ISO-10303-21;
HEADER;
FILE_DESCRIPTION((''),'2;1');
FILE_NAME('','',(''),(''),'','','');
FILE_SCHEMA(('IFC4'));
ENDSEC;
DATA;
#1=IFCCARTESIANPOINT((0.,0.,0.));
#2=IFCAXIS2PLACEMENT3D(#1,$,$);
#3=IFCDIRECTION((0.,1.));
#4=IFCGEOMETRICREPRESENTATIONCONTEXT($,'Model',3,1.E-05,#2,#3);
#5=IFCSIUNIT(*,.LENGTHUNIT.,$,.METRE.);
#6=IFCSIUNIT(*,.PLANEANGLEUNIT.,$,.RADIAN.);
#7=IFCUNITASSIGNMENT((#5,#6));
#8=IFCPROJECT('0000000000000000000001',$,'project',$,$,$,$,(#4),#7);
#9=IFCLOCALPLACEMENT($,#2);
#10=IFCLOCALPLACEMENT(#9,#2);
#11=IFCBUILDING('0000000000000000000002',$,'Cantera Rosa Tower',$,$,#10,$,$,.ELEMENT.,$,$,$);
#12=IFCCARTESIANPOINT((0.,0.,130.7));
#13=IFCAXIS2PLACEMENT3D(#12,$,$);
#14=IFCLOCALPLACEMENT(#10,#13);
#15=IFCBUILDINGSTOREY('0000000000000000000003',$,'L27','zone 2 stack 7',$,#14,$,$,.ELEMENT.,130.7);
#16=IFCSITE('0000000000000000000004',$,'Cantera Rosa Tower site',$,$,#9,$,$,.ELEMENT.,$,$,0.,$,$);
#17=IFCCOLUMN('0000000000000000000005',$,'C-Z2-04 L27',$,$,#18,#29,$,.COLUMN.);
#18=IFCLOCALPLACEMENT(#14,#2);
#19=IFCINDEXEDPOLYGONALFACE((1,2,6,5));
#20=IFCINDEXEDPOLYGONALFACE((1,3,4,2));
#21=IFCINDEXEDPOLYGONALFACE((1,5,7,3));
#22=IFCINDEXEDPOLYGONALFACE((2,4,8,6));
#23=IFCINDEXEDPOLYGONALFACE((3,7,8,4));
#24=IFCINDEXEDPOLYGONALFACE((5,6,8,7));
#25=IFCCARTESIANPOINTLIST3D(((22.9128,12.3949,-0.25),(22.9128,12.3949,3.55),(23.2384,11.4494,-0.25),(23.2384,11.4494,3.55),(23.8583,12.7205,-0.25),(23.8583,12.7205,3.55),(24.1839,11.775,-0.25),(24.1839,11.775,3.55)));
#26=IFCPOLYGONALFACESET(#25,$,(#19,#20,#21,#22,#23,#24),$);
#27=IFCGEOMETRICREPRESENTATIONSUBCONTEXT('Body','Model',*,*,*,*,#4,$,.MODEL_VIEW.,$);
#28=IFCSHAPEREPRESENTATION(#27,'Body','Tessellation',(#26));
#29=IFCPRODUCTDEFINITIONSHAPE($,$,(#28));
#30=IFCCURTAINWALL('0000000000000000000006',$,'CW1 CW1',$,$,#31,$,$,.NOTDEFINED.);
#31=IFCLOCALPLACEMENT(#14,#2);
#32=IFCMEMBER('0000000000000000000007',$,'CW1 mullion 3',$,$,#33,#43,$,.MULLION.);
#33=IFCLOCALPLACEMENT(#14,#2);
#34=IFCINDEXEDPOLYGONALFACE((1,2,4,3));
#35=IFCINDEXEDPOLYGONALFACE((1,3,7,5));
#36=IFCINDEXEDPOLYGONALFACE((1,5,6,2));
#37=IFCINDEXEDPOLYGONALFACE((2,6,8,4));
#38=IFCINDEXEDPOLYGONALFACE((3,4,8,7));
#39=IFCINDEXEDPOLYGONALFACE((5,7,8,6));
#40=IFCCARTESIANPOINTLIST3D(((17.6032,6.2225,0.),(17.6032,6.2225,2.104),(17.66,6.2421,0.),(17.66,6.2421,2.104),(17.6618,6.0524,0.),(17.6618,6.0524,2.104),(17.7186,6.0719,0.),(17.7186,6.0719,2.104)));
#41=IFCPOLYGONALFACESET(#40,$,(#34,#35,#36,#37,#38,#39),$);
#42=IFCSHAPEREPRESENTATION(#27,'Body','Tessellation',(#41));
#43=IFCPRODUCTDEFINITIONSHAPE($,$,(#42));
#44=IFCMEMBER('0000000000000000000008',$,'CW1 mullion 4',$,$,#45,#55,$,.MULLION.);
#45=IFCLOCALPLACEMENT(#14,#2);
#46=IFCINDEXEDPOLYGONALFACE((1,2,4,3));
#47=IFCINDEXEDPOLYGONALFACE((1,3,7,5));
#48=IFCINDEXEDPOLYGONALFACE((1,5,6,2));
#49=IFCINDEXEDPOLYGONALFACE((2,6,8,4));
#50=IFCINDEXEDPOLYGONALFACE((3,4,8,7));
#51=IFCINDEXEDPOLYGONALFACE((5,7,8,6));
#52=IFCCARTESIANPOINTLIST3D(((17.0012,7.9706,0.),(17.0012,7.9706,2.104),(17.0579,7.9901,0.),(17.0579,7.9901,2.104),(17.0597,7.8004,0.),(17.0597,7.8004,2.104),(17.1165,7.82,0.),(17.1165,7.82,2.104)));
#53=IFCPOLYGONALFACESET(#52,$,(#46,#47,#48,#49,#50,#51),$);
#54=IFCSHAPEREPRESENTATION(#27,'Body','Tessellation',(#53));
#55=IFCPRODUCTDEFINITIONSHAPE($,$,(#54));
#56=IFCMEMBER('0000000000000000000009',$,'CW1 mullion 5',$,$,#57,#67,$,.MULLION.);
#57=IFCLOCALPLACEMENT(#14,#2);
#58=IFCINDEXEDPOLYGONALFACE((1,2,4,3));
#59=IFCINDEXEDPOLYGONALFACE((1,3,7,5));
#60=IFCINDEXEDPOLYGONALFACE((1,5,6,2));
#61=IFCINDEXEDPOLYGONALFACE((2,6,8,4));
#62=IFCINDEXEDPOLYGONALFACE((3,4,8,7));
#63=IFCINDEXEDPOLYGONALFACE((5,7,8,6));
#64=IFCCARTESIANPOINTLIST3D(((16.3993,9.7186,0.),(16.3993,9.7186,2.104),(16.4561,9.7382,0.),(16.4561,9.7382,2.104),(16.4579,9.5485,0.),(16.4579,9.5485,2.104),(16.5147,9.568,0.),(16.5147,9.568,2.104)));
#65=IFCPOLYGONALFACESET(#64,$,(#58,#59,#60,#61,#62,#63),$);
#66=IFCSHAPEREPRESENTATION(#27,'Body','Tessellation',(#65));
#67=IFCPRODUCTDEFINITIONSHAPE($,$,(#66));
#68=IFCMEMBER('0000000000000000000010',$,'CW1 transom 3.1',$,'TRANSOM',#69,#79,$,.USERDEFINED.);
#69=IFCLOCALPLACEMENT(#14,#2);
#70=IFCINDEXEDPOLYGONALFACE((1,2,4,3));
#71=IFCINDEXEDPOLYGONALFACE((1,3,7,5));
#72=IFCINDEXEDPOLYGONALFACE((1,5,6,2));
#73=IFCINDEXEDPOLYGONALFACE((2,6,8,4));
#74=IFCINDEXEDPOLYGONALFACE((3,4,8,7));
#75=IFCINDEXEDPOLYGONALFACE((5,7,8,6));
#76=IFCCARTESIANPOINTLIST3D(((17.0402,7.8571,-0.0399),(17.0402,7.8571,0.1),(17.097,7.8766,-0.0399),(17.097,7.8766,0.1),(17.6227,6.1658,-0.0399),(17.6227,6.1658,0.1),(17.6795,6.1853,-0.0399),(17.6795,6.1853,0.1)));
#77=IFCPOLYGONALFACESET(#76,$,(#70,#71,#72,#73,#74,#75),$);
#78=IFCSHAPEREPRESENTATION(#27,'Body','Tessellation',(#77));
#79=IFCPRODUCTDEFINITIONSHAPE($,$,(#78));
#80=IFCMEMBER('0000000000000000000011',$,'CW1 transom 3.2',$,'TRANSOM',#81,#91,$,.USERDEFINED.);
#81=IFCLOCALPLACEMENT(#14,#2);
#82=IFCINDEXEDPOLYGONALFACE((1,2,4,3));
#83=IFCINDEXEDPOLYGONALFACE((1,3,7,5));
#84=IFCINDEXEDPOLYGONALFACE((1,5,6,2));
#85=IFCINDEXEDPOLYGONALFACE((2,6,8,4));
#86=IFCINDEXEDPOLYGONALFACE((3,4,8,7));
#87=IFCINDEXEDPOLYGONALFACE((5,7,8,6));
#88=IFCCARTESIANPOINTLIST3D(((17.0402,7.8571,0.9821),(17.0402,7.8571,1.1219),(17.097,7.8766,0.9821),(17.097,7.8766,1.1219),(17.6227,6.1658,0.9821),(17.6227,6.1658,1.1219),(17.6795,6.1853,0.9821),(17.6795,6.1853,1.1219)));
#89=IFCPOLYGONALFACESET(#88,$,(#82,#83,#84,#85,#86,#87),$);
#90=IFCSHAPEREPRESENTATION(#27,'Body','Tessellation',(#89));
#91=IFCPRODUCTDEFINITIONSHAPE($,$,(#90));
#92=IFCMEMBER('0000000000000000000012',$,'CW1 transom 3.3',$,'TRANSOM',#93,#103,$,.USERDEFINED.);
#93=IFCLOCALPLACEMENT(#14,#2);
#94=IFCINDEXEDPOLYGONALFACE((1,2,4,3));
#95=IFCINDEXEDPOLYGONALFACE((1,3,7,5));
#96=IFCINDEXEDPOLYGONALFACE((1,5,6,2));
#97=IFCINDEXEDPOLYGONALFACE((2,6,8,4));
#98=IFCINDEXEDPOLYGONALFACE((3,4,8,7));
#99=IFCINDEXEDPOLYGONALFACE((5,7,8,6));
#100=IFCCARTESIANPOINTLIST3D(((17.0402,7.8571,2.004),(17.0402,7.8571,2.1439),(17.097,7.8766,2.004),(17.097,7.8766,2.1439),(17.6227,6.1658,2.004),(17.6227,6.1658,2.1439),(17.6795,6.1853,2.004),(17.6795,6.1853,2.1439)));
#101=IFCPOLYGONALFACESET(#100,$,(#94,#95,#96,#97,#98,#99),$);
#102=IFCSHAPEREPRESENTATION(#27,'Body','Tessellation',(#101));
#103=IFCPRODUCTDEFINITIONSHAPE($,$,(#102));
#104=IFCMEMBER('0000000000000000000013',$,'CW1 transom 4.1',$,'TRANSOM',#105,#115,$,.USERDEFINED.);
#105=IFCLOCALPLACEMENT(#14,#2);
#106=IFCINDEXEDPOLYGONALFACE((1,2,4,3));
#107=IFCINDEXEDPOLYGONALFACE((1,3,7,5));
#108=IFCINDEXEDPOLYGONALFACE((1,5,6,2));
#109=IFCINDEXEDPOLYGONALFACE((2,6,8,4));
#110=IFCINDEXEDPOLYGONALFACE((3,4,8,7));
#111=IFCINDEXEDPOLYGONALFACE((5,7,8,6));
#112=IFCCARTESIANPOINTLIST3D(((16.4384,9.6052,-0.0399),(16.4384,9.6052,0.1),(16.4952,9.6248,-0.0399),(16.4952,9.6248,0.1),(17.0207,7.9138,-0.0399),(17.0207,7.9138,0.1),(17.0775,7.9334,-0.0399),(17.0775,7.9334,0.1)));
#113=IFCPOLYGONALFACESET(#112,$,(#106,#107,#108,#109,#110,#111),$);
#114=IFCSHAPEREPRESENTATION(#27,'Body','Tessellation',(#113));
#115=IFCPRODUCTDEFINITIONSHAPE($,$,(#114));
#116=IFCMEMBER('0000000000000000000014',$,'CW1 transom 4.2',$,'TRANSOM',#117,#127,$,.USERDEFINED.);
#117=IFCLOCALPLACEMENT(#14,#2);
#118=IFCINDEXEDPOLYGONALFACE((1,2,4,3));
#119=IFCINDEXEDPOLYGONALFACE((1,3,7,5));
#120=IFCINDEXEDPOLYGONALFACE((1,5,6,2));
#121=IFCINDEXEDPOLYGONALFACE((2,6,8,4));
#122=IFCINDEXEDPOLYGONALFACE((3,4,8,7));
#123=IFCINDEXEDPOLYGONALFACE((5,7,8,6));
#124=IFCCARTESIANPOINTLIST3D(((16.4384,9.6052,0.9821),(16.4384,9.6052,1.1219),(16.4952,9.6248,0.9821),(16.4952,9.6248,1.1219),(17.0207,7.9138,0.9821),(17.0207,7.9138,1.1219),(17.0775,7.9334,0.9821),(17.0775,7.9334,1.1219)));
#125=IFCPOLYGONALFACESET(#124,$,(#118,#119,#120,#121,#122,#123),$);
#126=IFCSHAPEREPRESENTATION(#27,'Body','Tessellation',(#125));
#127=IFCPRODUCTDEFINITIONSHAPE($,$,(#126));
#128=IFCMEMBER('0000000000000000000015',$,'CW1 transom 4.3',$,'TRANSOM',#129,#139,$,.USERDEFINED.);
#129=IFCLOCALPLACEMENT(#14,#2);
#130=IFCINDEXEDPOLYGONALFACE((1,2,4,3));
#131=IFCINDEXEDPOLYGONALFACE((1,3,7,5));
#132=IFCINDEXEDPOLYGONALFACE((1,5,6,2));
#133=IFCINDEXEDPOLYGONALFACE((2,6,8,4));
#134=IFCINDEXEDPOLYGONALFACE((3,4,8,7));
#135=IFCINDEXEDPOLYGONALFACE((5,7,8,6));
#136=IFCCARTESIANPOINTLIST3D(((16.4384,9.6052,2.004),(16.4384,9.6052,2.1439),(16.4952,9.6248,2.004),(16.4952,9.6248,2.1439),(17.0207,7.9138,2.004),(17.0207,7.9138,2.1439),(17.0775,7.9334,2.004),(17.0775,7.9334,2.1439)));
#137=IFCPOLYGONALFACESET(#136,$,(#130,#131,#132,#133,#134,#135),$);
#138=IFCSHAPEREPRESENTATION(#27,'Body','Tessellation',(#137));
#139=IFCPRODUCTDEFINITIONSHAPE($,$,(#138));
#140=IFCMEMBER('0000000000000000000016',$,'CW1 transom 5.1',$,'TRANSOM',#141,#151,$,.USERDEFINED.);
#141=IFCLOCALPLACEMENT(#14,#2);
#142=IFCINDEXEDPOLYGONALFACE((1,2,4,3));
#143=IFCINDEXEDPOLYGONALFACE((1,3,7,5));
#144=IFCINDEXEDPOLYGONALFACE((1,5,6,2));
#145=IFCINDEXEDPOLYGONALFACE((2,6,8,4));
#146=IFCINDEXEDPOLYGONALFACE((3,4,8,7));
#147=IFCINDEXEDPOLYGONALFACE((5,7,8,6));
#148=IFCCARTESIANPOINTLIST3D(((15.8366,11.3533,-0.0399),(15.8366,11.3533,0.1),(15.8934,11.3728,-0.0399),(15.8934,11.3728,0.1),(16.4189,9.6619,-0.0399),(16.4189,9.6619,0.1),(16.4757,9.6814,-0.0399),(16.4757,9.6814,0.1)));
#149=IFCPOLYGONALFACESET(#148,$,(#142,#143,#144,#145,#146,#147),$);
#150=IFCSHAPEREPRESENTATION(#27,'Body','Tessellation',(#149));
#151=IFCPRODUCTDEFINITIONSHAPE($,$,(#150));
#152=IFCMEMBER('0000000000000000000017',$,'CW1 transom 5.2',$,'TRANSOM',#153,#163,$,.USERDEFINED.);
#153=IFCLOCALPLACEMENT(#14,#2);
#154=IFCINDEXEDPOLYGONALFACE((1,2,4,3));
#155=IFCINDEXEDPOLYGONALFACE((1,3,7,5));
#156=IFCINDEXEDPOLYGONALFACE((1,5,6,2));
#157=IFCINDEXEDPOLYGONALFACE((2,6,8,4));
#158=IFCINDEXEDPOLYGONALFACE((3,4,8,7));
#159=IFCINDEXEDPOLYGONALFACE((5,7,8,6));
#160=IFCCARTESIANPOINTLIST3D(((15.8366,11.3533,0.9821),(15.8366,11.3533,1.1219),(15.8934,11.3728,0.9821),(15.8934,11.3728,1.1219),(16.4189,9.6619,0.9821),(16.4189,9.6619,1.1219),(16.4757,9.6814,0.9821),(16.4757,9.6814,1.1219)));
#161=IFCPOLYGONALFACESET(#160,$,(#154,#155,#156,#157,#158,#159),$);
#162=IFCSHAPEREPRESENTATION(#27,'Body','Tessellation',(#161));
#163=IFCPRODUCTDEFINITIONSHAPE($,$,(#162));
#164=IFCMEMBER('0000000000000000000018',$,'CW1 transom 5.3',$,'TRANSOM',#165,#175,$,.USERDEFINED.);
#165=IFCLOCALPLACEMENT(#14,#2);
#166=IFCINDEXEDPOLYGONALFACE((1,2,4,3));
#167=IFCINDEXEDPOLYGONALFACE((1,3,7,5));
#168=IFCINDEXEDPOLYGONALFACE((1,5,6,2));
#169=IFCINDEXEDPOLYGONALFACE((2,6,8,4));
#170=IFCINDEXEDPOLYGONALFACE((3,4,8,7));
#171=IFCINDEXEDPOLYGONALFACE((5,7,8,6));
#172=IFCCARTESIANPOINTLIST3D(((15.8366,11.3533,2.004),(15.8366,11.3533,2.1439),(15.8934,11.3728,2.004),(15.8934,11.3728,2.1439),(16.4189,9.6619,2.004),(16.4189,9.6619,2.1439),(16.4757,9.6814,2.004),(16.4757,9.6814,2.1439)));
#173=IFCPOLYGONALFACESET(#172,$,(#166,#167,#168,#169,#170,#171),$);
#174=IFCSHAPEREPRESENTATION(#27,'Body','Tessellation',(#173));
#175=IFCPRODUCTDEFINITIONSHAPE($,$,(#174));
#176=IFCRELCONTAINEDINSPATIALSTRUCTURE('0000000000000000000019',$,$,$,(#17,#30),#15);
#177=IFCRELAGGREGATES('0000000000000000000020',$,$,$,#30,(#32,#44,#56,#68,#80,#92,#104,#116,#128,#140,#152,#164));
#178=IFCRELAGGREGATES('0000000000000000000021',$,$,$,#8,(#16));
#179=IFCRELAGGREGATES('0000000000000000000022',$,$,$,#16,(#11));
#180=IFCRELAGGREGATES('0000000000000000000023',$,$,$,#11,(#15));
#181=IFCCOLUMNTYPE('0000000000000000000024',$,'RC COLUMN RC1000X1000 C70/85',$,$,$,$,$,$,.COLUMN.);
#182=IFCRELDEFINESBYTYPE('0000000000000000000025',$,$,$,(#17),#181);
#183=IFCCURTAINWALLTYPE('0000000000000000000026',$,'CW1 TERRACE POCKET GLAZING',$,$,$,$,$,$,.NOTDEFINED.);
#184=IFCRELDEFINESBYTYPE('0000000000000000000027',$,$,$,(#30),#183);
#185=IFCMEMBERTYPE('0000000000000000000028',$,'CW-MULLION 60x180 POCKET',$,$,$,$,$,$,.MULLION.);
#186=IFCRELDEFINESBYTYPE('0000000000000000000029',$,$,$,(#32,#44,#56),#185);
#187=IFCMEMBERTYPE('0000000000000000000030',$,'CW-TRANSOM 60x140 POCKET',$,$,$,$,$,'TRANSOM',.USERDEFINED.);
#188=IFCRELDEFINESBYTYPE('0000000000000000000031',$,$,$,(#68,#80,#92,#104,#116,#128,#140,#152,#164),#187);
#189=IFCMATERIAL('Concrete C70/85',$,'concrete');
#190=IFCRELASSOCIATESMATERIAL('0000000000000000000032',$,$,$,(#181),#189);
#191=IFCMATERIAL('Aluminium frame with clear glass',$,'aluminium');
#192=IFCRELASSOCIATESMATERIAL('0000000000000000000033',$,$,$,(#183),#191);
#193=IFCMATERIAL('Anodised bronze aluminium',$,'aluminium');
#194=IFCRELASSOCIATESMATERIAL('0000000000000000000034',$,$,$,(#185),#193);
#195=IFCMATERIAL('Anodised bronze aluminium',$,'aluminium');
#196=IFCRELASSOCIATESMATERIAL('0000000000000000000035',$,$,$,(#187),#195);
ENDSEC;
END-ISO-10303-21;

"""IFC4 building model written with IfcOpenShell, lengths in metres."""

from ifc_helpers import new_model, si_unit, direction, frame, origin, origin_2d, place, context, subcontext, project, spatial, rectangle, extrude, material, material_profile, profile_set, type_object, element, aggregate, save


model = new_model("IFC4")

# Units and contexts
model_context = context("Model", 3, precision=1e-05, world=origin(), true_north=direction((0.0, 1.0)))
body_context = subcontext(model_context, "Body", "Model", "MODEL_VIEW")
ifc_project = project(units=[si_unit("LENGTHUNIT", "METRE"), si_unit("PLANEANGLEUNIT", "RADIAN")], contexts=[model_context])

# Site, building, storey
site_placement = place(None, origin())
site = spatial("IfcSite", under=ifc_project, at=site_placement, Name="Cantera Rosa Tower site", CompositionType="ELEMENT", RefElevation=0.0)
building_placement = place(site_placement, origin())
building = spatial("IfcBuilding", under=site, at=building_placement, Name="Cantera Rosa Tower", CompositionType="ELEMENT")
storey_placement = place(building_placement, frame((0.0, 0.0, 130.7)))
storey = spatial("IfcBuildingStorey", under=building, at=storey_placement, Name="L27", Description="zone 2 stack 7", CompositionType="ELEMENT", Elevation=130.7)

# Column
ifc_material_1 = material(Name="Concrete C70/85", Category="concrete")
ifc_material_profile_1 = material_profile(ifc_material_1, rectangle(XDim=1.0, YDim=1.0, at=origin_2d()), Name="RC COLUMN RC1000X1000 C70/85")
ifc_profile_set_1 = profile_set([ifc_material_profile_1], Name="Concrete C70/85")
column_type = type_object("IfcColumnType", Name="RC COLUMN RC1000X1000 C70/85", PredefinedType="COLUMN", material=ifc_profile_set_1)
column_placement = place(storey_placement, frame((23.5483, 12.085, -0.25), z_axis=(0.0, 0.0, 1.0), x_axis=(0.945519, 0.325568, 0.0)))
element("IfcColumn", 1, at=column_placement, inside=storey, type_object=column_type, Name="C-Z2-04 L27", PredefinedType="COLUMN", context=body_context, shape_type="SweptSolid", body=[
    extrude(rectangle(XDim=1.0, YDim=1.0, at=origin_2d()), origin(), (0.0, 0.0, 1.0), 3.8),
])

# Curtain wall, members
ifc_material_2 = material(Name="Aluminium frame with clear glass", Category="aluminium")
curtain_wall_type = type_object("IfcCurtainWallType", Name="CW1 TERRACE POCKET GLAZING", PredefinedType="NOTDEFINED", material=ifc_material_2)
curtain_wall_placement = place(storey_placement, origin())
curtain_wall = element("IfcCurtainWall", 2, at=curtain_wall_placement, inside=storey, type_object=curtain_wall_type, Name="CW1 CW1", PredefinedType="NOTDEFINED")
ifc_material_3 = material(Name="Anodised bronze aluminium", Category="aluminium")
ifc_material_profile_2 = material_profile(ifc_material_3, rectangle(XDim=0.0601, YDim=0.1799, at=origin_2d()), Name="CW-MULLION 60x180 POCKET")
ifc_profile_set_2 = profile_set([ifc_material_profile_2], Name="Anodised bronze aluminium")
member_type_1 = type_object("IfcMemberType", Name="CW-MULLION 60x180 POCKET", PredefinedType="MULLION", material=ifc_profile_set_2)
member_1_placement = place(storey_placement, frame((17.6609, 6.1472, 0.0), z_axis=(0.0, 0.0, 1.0), x_axis=(-0.945519, -0.325568, 0.0)))
member_1 = element("IfcMember", 3, at=member_1_placement, type_object=member_type_1, Name="CW1 mullion 3", PredefinedType="MULLION", context=body_context, shape_type="SweptSolid", body=[
    extrude(rectangle(XDim=0.0601, YDim=0.1799, at=origin_2d()), origin(), (0.0, 0.0, 1.0), 2.104),
])
member_2_placement = place(storey_placement, frame((17.0588, 7.8953, 0.0), z_axis=(0.0, 0.0, 1.0), x_axis=(-0.945519, -0.325568, 0.0)))
member_2 = element("IfcMember", 4, at=member_2_placement, type_object=member_type_1, Name="CW1 mullion 4", PredefinedType="MULLION", context=body_context, shape_type="SweptSolid", body=[
    extrude(rectangle(XDim=0.0601, YDim=0.1799, at=origin_2d()), origin(), (0.0, 0.0, 1.0), 2.104),
])
member_3_placement = place(storey_placement, frame((16.457, 9.6433, 0.0), z_axis=(0.0, 0.0, 1.0), x_axis=(-0.945519, -0.325568, 0.0)))
member_3 = element("IfcMember", 5, at=member_3_placement, type_object=member_type_1, Name="CW1 mullion 5", PredefinedType="MULLION", context=body_context, shape_type="SweptSolid", body=[
    extrude(rectangle(XDim=0.0601, YDim=0.1799, at=origin_2d()), origin(), (0.0, 0.0, 1.0), 2.104),
])
ifc_material_4 = material(Name="Anodised bronze aluminium", Category="aluminium")
ifc_material_profile_3 = material_profile(ifc_material_4, rectangle(XDim=0.0601, YDim=0.1399, at=origin_2d()), Name="CW-TRANSOM 60x140 POCKET")
ifc_profile_set_3 = profile_set([ifc_material_profile_3], Name="Anodised bronze aluminium")
member_type_2 = type_object("IfcMemberType", Name="CW-TRANSOM 60x140 POCKET", ElementType="TRANSOM", PredefinedType="USERDEFINED", material=ifc_profile_set_3)
member_4_placement = place(storey_placement, frame((17.6511, 6.1755, 0.03), z_axis=(-0.325629, 0.945498, 0.0), x_axis=(-0.945498, -0.325629, 0.0)))
member_4 = element("IfcMember", 6, at=member_4_placement, type_object=member_type_2, Name="CW1 transom 3.1", ObjectType="TRANSOM", PredefinedType="USERDEFINED", context=body_context, shape_type="SweptSolid", body=[
    extrude(rectangle(XDim=0.0601, YDim=0.1399, at=origin_2d()), origin(), (0.0, 0.0, 1.0), 1.7888),
])
member_5_placement = place(storey_placement, frame((17.6511, 6.1755, 1.052), z_axis=(-0.325629, 0.945498, 0.0), x_axis=(-0.945498, -0.325629, 0.0)))
member_5 = element("IfcMember", 7, at=member_5_placement, type_object=member_type_2, Name="CW1 transom 3.2", ObjectType="TRANSOM", PredefinedType="USERDEFINED", context=body_context, shape_type="SweptSolid", body=[
    extrude(rectangle(XDim=0.0601, YDim=0.1399, at=origin_2d()), origin(), (0.0, 0.0, 1.0), 1.7888),
])
member_6_placement = place(storey_placement, frame((17.6511, 6.1755, 2.074), z_axis=(-0.325629, 0.945498, 0.0), x_axis=(-0.945498, -0.325629, 0.0)))
member_6 = element("IfcMember", 8, at=member_6_placement, type_object=member_type_2, Name="CW1 transom 3.3", ObjectType="TRANSOM", PredefinedType="USERDEFINED", context=body_context, shape_type="SweptSolid", body=[
    extrude(rectangle(XDim=0.0601, YDim=0.1399, at=origin_2d()), origin(), (0.0, 0.0, 1.0), 1.7888),
])
member_7_placement = place(storey_placement, frame((17.0491, 7.9236, 0.03), z_axis=(-0.325507, 0.94554, 0.0), x_axis=(-0.94554, -0.325507, 0.0)))
member_7 = element("IfcMember", 9, at=member_7_placement, type_object=member_type_2, Name="CW1 transom 4.1", ObjectType="TRANSOM", PredefinedType="USERDEFINED", context=body_context, shape_type="SweptSolid", body=[
    extrude(rectangle(XDim=0.0601, YDim=0.1399, at=origin_2d()), origin(), (0.0, 0.0, 1.0), 1.7888),
])
member_8_placement = place(storey_placement, frame((17.0491, 7.9236, 1.052), z_axis=(-0.325507, 0.94554, 0.0), x_axis=(-0.94554, -0.325507, 0.0)))
member_8 = element("IfcMember", 10, at=member_8_placement, type_object=member_type_2, Name="CW1 transom 4.2", ObjectType="TRANSOM", PredefinedType="USERDEFINED", context=body_context, shape_type="SweptSolid", body=[
    extrude(rectangle(XDim=0.0601, YDim=0.1399, at=origin_2d()), origin(), (0.0, 0.0, 1.0), 1.7888),
])
member_9_placement = place(storey_placement, frame((17.0491, 7.9236, 2.074), z_axis=(-0.325507, 0.94554, 0.0), x_axis=(-0.94554, -0.325507, 0.0)))
member_9 = element("IfcMember", 11, at=member_9_placement, type_object=member_type_2, Name="CW1 transom 4.3", ObjectType="TRANSOM", PredefinedType="USERDEFINED", context=body_context, shape_type="SweptSolid", body=[
    extrude(rectangle(XDim=0.0601, YDim=0.1399, at=origin_2d()), origin(), (0.0, 0.0, 1.0), 1.7888),
])
member_10_placement = place(storey_placement, frame((16.4473, 9.6716, 0.03), z_axis=(-0.325507, 0.94554, 0.0), x_axis=(-0.94554, -0.325507, 0.0)))
member_10 = element("IfcMember", 12, at=member_10_placement, type_object=member_type_2, Name="CW1 transom 5.1", ObjectType="TRANSOM", PredefinedType="USERDEFINED", context=body_context, shape_type="SweptSolid", body=[
    extrude(rectangle(XDim=0.0601, YDim=0.1399, at=origin_2d()), origin(), (0.0, 0.0, 1.0), 1.7888),
])
member_11_placement = place(storey_placement, frame((16.4473, 9.6716, 1.052), z_axis=(-0.325507, 0.94554, 0.0), x_axis=(-0.94554, -0.325507, 0.0)))
member_11 = element("IfcMember", 13, at=member_11_placement, type_object=member_type_2, Name="CW1 transom 5.2", ObjectType="TRANSOM", PredefinedType="USERDEFINED", context=body_context, shape_type="SweptSolid", body=[
    extrude(rectangle(XDim=0.0601, YDim=0.1399, at=origin_2d()), origin(), (0.0, 0.0, 1.0), 1.7888),
])
member_12_placement = place(storey_placement, frame((16.4473, 9.6716, 2.074), z_axis=(-0.325507, 0.94554, 0.0), x_axis=(-0.94554, -0.325507, 0.0)))
member_12 = element("IfcMember", 14, at=member_12_placement, type_object=member_type_2, Name="CW1 transom 5.3", ObjectType="TRANSOM", PredefinedType="USERDEFINED", context=body_context, shape_type="SweptSolid", body=[
    extrude(rectangle(XDim=0.0601, YDim=0.1399, at=origin_2d()), origin(), (0.0, 0.0, 1.0), 1.7888),
])

aggregate(curtain_wall, [member_1, member_2, member_3, member_4, member_5, member_6, member_7, member_8, member_9, member_10, member_11, member_12])

save(model, "model.ifc")
